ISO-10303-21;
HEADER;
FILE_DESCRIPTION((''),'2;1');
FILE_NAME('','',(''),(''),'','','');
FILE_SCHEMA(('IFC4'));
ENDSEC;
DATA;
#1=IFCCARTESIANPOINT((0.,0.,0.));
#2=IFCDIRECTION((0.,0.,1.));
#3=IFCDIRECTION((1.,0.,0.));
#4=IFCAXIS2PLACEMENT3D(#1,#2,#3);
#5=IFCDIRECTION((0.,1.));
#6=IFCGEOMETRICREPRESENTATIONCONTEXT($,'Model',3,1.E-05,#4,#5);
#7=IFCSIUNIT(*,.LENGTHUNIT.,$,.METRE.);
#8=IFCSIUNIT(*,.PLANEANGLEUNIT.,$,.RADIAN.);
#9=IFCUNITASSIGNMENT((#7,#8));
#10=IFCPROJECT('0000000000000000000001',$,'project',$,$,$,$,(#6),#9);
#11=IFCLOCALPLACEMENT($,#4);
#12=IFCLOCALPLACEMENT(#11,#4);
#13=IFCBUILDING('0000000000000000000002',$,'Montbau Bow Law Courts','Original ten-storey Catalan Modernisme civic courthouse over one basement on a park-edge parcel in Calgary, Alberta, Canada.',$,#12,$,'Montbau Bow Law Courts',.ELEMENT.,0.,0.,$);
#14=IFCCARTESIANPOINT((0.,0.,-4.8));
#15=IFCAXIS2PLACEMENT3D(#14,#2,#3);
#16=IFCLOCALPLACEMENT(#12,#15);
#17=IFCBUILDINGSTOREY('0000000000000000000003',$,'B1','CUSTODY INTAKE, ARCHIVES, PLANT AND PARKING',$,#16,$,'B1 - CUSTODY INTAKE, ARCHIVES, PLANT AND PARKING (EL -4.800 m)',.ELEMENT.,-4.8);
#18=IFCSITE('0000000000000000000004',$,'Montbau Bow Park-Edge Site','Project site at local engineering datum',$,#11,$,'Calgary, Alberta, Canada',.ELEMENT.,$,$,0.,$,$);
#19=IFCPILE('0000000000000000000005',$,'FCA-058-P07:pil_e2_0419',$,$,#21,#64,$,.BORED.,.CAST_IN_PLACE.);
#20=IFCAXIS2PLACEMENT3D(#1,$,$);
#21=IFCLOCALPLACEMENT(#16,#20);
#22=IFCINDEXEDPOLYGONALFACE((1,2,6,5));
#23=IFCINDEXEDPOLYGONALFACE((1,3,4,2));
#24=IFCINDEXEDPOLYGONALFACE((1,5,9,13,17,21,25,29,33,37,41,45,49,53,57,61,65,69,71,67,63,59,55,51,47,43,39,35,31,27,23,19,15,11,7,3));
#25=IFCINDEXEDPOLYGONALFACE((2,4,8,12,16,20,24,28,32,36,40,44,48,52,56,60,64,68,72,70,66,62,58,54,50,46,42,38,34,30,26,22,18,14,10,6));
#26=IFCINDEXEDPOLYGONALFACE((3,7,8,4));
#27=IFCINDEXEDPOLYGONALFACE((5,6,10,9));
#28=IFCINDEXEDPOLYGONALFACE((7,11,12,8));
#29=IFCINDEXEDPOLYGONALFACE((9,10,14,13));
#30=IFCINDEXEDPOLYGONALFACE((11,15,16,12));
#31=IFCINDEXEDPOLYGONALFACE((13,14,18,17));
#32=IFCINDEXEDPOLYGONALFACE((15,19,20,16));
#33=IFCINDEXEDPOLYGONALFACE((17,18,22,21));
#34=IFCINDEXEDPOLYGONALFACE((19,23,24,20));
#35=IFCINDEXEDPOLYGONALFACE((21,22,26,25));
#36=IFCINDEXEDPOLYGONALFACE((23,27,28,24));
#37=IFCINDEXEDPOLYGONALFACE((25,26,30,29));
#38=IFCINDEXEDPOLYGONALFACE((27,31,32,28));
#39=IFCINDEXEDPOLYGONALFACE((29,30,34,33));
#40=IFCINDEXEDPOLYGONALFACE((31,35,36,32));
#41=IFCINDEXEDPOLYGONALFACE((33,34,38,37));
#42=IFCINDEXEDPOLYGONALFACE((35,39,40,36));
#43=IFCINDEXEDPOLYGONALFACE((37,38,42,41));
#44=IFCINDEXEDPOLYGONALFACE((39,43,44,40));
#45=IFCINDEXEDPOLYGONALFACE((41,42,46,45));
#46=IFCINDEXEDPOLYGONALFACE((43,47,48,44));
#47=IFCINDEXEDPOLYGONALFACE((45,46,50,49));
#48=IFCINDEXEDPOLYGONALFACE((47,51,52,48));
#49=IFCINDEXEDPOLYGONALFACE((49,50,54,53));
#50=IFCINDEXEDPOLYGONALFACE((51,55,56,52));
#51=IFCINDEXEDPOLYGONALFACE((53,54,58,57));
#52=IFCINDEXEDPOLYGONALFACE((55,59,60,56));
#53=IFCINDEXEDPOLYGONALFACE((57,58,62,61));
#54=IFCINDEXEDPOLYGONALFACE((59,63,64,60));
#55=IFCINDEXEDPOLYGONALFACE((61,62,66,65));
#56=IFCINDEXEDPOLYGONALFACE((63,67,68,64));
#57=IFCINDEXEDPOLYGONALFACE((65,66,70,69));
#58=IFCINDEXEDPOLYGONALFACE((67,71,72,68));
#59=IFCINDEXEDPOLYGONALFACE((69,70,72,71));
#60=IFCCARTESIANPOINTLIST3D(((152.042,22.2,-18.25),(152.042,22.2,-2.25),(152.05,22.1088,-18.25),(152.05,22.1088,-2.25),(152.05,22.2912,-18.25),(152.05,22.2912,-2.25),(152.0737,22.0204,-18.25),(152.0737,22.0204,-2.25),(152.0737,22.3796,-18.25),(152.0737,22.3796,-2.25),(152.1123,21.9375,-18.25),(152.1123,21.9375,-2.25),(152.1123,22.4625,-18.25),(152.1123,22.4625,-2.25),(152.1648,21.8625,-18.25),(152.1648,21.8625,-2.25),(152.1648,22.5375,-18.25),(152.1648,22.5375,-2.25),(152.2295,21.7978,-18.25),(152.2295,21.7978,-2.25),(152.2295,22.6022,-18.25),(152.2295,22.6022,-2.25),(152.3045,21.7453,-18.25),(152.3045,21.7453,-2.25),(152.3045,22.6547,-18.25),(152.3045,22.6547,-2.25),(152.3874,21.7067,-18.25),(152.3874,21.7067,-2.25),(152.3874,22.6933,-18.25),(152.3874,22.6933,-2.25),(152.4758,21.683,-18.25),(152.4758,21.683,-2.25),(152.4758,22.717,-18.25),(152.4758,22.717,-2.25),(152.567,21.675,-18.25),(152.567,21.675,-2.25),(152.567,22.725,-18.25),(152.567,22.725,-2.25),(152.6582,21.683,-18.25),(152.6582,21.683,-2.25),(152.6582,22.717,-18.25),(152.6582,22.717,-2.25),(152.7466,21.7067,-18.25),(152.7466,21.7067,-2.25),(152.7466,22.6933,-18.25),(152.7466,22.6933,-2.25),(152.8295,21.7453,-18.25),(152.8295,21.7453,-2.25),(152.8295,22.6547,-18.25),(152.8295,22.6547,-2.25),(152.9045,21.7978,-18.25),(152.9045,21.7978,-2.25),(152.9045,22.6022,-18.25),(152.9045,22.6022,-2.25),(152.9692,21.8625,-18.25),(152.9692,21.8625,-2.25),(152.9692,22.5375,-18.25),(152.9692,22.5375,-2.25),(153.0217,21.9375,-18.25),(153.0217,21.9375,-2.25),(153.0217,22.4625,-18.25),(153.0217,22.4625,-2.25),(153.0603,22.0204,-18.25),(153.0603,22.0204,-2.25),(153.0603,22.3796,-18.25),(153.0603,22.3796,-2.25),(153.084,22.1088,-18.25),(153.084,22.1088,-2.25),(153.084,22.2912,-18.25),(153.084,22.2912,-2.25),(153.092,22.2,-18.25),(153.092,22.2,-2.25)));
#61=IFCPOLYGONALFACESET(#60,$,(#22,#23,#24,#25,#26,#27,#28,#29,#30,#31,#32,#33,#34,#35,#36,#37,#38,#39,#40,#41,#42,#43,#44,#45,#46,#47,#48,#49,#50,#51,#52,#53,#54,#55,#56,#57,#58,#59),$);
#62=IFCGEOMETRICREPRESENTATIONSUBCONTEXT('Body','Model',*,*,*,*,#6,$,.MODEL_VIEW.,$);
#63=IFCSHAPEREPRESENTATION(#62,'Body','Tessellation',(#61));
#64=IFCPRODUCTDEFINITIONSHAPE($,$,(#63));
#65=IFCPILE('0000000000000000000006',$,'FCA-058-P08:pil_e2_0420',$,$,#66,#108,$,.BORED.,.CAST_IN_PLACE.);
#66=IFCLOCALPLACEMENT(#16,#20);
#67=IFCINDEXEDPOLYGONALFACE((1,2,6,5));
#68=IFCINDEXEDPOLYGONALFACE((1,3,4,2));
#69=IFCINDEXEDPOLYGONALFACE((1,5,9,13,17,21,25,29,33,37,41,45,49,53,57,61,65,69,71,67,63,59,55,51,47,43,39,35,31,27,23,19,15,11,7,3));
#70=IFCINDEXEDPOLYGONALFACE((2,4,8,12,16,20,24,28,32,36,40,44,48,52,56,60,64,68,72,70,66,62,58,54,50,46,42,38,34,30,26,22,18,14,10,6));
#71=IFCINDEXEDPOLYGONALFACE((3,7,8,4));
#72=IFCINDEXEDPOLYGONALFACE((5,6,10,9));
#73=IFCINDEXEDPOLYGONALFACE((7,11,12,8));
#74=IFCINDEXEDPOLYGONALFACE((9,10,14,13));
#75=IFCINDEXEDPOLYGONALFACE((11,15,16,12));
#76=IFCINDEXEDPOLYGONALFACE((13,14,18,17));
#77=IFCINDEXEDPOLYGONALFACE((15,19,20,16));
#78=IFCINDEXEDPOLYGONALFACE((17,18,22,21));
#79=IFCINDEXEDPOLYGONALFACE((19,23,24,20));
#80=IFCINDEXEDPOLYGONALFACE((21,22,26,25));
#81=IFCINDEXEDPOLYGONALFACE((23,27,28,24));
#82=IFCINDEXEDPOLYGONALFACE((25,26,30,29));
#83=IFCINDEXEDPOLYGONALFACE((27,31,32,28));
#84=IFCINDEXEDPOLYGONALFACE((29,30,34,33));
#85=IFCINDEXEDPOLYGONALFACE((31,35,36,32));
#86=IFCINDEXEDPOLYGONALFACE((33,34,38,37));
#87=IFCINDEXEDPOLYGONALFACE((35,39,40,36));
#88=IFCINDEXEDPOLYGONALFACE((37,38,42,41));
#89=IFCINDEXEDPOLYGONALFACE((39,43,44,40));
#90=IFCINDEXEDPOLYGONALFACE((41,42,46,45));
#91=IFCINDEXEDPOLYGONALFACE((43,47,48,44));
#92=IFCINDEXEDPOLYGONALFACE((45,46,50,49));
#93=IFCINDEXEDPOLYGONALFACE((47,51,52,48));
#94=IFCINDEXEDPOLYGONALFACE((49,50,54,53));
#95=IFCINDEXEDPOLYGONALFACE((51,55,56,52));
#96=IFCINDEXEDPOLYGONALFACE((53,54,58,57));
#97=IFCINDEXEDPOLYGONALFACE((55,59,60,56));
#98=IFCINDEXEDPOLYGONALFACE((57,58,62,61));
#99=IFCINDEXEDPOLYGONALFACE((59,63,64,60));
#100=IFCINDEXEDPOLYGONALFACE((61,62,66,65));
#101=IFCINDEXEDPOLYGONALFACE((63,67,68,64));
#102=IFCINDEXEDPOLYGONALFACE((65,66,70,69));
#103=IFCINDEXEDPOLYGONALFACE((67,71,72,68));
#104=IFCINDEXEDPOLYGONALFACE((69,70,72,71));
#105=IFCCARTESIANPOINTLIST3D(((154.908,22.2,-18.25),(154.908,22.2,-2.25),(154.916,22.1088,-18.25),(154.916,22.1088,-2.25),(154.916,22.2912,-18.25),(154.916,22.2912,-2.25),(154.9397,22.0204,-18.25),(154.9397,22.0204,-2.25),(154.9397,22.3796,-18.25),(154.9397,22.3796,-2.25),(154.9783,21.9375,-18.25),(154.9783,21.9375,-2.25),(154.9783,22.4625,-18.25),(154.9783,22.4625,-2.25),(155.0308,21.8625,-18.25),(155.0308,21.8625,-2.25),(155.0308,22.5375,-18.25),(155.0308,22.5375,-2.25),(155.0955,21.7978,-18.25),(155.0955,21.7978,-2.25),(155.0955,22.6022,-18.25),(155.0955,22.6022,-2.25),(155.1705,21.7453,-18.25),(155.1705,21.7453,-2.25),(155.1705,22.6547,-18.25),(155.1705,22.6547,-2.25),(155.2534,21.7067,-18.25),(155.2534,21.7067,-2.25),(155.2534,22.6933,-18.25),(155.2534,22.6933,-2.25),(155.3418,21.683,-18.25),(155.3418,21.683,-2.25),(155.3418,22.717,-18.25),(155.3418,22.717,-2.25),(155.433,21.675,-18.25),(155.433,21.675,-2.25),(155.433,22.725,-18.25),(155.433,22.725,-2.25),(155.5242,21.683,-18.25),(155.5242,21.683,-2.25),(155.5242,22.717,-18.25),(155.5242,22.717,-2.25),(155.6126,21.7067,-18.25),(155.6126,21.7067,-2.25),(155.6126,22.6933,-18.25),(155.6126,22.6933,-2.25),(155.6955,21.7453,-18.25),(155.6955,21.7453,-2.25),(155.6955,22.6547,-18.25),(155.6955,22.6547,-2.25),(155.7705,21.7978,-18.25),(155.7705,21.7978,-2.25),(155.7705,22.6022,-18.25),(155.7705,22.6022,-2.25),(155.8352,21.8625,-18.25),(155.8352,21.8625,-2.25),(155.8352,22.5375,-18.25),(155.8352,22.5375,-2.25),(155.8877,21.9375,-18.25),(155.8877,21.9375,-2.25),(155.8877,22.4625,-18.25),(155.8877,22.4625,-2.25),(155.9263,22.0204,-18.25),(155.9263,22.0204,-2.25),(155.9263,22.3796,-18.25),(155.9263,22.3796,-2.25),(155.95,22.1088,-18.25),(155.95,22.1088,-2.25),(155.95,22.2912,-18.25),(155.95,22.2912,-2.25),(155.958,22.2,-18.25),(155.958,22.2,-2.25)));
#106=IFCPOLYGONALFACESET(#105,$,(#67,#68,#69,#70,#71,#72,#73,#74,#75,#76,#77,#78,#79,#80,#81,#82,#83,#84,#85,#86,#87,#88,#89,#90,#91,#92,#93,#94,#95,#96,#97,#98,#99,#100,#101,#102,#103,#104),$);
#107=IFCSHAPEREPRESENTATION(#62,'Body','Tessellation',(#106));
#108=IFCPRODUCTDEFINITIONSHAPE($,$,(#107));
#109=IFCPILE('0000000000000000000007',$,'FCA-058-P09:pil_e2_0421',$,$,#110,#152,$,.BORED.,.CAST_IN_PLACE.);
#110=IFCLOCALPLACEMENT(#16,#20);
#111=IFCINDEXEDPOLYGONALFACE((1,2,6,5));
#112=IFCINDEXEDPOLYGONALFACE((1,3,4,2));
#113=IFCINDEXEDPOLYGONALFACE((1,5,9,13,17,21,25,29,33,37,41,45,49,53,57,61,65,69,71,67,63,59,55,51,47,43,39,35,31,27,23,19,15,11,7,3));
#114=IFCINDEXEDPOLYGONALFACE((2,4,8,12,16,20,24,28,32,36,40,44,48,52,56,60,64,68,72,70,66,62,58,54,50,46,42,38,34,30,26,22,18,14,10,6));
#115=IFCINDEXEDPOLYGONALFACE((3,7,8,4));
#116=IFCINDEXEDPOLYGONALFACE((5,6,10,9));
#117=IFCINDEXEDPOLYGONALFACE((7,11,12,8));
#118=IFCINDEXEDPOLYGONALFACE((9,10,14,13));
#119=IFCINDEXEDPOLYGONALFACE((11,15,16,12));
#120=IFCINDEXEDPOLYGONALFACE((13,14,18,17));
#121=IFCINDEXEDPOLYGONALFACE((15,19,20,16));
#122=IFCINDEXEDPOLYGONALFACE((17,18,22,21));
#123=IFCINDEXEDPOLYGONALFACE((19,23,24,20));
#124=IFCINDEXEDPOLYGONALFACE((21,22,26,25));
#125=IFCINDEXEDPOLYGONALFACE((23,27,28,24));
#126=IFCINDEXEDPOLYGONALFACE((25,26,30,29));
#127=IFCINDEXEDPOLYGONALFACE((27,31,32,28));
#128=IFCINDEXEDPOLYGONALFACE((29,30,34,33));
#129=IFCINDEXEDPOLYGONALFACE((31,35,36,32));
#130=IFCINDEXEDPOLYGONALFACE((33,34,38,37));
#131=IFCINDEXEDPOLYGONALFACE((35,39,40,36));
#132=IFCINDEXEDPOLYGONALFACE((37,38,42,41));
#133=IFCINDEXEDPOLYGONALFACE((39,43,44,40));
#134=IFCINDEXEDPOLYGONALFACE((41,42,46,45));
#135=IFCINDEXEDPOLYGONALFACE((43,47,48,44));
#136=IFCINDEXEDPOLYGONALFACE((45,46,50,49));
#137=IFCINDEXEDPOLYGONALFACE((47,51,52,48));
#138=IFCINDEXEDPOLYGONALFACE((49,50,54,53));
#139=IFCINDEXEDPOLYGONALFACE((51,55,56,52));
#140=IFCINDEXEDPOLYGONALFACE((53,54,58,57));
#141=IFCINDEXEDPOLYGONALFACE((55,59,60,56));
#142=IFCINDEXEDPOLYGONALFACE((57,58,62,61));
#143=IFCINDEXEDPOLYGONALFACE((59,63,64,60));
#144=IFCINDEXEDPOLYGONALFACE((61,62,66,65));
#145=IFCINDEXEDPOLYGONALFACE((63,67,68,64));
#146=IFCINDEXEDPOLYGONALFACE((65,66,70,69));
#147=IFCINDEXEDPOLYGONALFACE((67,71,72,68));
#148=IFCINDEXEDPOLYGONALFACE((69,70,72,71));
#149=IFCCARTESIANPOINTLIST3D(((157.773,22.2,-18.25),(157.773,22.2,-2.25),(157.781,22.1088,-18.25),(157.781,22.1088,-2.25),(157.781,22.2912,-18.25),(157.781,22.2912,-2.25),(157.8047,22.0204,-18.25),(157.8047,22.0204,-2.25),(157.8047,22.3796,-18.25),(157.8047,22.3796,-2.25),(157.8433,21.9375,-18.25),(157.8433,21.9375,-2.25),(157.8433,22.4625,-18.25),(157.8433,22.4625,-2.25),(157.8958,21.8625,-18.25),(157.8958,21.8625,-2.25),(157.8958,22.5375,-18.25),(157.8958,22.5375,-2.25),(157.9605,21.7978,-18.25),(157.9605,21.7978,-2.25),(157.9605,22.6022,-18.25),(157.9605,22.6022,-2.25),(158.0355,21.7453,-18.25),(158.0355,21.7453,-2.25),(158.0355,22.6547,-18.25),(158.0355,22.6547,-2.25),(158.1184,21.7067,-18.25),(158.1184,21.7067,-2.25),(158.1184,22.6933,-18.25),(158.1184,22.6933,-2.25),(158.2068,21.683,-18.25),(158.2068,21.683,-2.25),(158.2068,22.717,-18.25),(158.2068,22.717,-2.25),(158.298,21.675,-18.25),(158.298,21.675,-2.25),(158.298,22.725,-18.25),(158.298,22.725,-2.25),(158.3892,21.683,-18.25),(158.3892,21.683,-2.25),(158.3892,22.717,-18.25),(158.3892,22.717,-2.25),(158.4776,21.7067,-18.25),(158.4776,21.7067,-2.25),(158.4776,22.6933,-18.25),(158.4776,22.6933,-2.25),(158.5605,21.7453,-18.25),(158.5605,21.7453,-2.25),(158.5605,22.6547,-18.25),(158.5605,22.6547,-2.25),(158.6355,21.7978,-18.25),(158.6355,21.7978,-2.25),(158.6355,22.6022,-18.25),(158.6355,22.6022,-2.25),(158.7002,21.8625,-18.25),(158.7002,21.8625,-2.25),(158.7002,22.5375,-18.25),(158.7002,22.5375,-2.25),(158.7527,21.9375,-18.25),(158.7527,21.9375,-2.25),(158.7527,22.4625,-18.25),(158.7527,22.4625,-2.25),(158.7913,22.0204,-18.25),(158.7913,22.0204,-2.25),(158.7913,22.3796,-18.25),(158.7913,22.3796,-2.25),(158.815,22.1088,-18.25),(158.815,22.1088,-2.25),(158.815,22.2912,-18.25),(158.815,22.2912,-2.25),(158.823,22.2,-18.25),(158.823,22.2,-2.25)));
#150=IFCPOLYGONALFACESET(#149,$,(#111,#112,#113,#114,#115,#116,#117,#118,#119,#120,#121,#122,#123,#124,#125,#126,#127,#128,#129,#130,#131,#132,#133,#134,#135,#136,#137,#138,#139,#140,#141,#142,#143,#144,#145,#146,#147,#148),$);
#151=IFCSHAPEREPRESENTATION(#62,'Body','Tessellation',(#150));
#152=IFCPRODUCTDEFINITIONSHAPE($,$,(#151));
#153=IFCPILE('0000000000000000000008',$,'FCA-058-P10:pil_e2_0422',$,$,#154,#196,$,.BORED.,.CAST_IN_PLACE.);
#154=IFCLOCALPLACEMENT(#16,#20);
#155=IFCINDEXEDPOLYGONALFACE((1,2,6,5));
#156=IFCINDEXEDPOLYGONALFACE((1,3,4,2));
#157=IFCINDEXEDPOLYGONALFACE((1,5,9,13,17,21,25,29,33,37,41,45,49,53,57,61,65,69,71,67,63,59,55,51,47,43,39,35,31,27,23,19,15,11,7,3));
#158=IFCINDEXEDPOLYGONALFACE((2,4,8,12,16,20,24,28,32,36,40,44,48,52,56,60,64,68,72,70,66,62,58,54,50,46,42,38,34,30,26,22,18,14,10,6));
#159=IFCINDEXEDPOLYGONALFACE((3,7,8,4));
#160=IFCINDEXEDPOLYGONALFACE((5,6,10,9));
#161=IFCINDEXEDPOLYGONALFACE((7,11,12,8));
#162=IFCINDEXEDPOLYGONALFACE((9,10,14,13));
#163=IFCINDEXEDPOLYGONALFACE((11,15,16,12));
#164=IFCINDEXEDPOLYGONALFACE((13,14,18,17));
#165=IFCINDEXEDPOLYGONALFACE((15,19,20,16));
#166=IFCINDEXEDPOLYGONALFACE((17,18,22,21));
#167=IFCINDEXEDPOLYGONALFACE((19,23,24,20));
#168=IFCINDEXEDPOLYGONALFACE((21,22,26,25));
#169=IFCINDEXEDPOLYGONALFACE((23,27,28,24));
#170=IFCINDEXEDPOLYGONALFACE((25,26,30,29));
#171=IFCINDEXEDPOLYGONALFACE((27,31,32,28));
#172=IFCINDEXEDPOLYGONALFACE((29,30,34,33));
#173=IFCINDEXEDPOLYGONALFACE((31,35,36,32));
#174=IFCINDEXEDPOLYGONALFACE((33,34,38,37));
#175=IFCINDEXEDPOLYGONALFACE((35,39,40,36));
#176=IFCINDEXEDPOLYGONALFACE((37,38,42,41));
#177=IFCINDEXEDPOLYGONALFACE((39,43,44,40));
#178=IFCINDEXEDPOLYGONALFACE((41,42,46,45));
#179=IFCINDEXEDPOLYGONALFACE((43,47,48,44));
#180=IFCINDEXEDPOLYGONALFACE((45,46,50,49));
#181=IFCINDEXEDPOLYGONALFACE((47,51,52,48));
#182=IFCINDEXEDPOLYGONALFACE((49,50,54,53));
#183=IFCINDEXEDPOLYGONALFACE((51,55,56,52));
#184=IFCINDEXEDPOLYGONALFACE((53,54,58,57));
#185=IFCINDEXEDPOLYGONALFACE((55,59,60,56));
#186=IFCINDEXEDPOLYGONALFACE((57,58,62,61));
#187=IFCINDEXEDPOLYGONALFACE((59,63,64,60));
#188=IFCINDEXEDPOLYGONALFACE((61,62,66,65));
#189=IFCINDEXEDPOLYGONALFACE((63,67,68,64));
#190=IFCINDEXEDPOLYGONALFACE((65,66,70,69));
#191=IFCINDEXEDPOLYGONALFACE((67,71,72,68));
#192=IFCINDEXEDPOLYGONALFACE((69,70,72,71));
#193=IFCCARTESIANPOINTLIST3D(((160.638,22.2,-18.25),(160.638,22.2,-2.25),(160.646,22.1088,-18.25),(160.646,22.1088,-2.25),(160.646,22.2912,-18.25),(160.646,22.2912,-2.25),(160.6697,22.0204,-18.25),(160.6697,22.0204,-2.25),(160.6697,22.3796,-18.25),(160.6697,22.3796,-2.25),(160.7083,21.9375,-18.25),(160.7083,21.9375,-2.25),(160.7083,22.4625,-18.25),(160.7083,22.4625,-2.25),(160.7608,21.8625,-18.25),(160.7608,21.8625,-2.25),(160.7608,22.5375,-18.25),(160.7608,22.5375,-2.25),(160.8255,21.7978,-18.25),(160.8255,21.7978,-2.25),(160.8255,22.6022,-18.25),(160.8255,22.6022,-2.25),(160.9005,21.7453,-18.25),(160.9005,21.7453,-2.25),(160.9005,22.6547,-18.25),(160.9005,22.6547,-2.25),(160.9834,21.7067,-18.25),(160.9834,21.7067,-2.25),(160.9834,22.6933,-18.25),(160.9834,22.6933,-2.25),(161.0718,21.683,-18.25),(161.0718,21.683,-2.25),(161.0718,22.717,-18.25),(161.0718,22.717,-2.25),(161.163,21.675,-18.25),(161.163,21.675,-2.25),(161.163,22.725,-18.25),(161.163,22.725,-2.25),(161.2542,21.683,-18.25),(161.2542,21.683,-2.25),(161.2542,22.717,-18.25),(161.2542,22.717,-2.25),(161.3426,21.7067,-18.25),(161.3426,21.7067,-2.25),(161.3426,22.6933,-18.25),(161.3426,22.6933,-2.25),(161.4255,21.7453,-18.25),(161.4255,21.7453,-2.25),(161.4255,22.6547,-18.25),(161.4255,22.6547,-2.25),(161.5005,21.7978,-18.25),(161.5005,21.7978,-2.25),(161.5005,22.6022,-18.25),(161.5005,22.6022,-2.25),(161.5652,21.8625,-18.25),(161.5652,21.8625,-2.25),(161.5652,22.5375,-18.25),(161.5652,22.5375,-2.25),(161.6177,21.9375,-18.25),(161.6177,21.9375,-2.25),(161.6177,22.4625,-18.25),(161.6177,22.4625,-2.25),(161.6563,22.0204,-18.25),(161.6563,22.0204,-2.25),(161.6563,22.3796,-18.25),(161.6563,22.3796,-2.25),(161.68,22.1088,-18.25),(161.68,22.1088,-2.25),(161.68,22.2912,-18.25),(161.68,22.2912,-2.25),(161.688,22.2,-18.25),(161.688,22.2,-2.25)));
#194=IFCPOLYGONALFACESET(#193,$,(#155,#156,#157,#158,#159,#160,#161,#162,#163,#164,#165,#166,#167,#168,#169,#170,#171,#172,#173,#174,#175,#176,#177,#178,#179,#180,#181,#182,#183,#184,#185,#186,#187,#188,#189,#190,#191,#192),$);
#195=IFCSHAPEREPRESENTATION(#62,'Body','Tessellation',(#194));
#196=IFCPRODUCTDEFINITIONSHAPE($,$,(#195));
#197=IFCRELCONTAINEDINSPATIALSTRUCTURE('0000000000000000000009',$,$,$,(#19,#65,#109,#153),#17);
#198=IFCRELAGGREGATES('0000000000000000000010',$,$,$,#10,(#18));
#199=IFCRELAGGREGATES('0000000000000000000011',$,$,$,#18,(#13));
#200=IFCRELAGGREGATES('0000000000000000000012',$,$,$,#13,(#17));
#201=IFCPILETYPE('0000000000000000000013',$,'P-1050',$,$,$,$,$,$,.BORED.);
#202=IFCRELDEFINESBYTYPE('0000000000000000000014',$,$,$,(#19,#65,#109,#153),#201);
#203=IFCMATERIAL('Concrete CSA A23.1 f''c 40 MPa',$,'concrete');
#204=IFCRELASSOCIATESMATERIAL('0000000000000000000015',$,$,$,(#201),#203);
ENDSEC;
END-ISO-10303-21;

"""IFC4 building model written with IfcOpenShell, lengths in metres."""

from ifc_helpers import new_model, si_unit, direction, frame, origin_with_axes, origin_2d_with_axis, place, context, subcontext, project, spatial, circle, extrude, material, material_profile, profile_set, type_object, element, save


model = new_model("IFC4")

# Units and contexts
model_context = context("Model", 3, precision=1e-05, world=origin_with_axes(), true_north=direction((0.0, 1.0)))
body_context = subcontext(model_context, "Body", "Model", "MODEL_VIEW")
ifc_project = project(units=[si_unit("LENGTHUNIT", "METRE"), si_unit("PLANEANGLEUNIT", "RADIAN")], contexts=[model_context])

# Site, building, storey
site_placement = place(None, origin_with_axes())
site = spatial("IfcSite", under=ifc_project, at=site_placement, Name="Montbau Bow Park-Edge Site", Description="Project site at local engineering datum", LongName="Calgary, Alberta, Canada", CompositionType="ELEMENT", RefElevation=0.0)
building_placement = place(site_placement, origin_with_axes())
building = spatial("IfcBuilding", under=site, at=building_placement, Name="Montbau Bow Law Courts", Description="Original ten-storey Catalan Modernisme civic courthouse over one basement on a park-edge parcel in Calgary, Alberta, Canada.", LongName="Montbau Bow Law Courts", CompositionType="ELEMENT", ElevationOfRefHeight=0.0, ElevationOfTerrain=0.0)
storey_placement = place(building_placement, frame((0.0, 0.0, -4.8), z_axis=(0.0, 0.0, 1.0), x_axis=(1.0, 0.0, 0.0)))
storey = spatial("IfcBuildingStorey", under=building, at=storey_placement, Name="B1", Description="CUSTODY INTAKE, ARCHIVES, PLANT AND PARKING", LongName="B1 - CUSTODY INTAKE, ARCHIVES, PLANT AND PARKING (EL -4.800 m)", CompositionType="ELEMENT", Elevation=-4.8)

# Piles
ifc_material_1 = material(Name="Concrete CSA A23.1 f'c 40 MPa", Category="concrete")
ifc_material_profile_1 = material_profile(ifc_material_1, circle(Radius=0.525, at=origin_2d_with_axis()), Name="BP1050", Category="Main", Priority=0)
ifc_profile_set_1 = profile_set([ifc_material_profile_1], Name="Concrete CSA A23.1 f'c 40 MPa")
pile_type_1 = type_object("IfcPileType", Name="P-1050", PredefinedType="BORED", material=ifc_profile_set_1)
for number, where, z_axis, x_axis, name in (
    (1, (152.567, 22.2, -23.05), (0.0, 0.0, 1.0), (1.0, 0.0, 0.0), "FCA-058-P07:pil_e2_0419"),
    (2, (155.433, 22.2, -23.05), (0.0, 0.0, 1.0), (1.0, 0.0, 0.0), "FCA-058-P08:pil_e2_0420"),
    (3, (158.298, 22.2, -23.05), (0.0, 0.0, 1.0), (1.0, 0.0, 0.0), "FCA-058-P09:pil_e2_0421"),
    (4, (161.163, 22.2, -23.05), (0.0, 0.0, 1.0), (1.0, 0.0, 0.0), "FCA-058-P10:pil_e2_0422"),
):
    element("IfcPile", number, at=place(None, frame(where, z_axis=z_axis, x_axis=x_axis)), inside=storey, type_object=pile_type_1, Name=name, ConstructionType="CAST_IN_PLACE", PredefinedType="BORED", context=body_context, shape_type="SweptSolid", body=[
        extrude(circle(Radius=0.525, at=origin_2d_with_axis()), origin_with_axes(), (0.0, 0.0, 1.0), 16.0),
    ])

save(model, "model.ifc")
